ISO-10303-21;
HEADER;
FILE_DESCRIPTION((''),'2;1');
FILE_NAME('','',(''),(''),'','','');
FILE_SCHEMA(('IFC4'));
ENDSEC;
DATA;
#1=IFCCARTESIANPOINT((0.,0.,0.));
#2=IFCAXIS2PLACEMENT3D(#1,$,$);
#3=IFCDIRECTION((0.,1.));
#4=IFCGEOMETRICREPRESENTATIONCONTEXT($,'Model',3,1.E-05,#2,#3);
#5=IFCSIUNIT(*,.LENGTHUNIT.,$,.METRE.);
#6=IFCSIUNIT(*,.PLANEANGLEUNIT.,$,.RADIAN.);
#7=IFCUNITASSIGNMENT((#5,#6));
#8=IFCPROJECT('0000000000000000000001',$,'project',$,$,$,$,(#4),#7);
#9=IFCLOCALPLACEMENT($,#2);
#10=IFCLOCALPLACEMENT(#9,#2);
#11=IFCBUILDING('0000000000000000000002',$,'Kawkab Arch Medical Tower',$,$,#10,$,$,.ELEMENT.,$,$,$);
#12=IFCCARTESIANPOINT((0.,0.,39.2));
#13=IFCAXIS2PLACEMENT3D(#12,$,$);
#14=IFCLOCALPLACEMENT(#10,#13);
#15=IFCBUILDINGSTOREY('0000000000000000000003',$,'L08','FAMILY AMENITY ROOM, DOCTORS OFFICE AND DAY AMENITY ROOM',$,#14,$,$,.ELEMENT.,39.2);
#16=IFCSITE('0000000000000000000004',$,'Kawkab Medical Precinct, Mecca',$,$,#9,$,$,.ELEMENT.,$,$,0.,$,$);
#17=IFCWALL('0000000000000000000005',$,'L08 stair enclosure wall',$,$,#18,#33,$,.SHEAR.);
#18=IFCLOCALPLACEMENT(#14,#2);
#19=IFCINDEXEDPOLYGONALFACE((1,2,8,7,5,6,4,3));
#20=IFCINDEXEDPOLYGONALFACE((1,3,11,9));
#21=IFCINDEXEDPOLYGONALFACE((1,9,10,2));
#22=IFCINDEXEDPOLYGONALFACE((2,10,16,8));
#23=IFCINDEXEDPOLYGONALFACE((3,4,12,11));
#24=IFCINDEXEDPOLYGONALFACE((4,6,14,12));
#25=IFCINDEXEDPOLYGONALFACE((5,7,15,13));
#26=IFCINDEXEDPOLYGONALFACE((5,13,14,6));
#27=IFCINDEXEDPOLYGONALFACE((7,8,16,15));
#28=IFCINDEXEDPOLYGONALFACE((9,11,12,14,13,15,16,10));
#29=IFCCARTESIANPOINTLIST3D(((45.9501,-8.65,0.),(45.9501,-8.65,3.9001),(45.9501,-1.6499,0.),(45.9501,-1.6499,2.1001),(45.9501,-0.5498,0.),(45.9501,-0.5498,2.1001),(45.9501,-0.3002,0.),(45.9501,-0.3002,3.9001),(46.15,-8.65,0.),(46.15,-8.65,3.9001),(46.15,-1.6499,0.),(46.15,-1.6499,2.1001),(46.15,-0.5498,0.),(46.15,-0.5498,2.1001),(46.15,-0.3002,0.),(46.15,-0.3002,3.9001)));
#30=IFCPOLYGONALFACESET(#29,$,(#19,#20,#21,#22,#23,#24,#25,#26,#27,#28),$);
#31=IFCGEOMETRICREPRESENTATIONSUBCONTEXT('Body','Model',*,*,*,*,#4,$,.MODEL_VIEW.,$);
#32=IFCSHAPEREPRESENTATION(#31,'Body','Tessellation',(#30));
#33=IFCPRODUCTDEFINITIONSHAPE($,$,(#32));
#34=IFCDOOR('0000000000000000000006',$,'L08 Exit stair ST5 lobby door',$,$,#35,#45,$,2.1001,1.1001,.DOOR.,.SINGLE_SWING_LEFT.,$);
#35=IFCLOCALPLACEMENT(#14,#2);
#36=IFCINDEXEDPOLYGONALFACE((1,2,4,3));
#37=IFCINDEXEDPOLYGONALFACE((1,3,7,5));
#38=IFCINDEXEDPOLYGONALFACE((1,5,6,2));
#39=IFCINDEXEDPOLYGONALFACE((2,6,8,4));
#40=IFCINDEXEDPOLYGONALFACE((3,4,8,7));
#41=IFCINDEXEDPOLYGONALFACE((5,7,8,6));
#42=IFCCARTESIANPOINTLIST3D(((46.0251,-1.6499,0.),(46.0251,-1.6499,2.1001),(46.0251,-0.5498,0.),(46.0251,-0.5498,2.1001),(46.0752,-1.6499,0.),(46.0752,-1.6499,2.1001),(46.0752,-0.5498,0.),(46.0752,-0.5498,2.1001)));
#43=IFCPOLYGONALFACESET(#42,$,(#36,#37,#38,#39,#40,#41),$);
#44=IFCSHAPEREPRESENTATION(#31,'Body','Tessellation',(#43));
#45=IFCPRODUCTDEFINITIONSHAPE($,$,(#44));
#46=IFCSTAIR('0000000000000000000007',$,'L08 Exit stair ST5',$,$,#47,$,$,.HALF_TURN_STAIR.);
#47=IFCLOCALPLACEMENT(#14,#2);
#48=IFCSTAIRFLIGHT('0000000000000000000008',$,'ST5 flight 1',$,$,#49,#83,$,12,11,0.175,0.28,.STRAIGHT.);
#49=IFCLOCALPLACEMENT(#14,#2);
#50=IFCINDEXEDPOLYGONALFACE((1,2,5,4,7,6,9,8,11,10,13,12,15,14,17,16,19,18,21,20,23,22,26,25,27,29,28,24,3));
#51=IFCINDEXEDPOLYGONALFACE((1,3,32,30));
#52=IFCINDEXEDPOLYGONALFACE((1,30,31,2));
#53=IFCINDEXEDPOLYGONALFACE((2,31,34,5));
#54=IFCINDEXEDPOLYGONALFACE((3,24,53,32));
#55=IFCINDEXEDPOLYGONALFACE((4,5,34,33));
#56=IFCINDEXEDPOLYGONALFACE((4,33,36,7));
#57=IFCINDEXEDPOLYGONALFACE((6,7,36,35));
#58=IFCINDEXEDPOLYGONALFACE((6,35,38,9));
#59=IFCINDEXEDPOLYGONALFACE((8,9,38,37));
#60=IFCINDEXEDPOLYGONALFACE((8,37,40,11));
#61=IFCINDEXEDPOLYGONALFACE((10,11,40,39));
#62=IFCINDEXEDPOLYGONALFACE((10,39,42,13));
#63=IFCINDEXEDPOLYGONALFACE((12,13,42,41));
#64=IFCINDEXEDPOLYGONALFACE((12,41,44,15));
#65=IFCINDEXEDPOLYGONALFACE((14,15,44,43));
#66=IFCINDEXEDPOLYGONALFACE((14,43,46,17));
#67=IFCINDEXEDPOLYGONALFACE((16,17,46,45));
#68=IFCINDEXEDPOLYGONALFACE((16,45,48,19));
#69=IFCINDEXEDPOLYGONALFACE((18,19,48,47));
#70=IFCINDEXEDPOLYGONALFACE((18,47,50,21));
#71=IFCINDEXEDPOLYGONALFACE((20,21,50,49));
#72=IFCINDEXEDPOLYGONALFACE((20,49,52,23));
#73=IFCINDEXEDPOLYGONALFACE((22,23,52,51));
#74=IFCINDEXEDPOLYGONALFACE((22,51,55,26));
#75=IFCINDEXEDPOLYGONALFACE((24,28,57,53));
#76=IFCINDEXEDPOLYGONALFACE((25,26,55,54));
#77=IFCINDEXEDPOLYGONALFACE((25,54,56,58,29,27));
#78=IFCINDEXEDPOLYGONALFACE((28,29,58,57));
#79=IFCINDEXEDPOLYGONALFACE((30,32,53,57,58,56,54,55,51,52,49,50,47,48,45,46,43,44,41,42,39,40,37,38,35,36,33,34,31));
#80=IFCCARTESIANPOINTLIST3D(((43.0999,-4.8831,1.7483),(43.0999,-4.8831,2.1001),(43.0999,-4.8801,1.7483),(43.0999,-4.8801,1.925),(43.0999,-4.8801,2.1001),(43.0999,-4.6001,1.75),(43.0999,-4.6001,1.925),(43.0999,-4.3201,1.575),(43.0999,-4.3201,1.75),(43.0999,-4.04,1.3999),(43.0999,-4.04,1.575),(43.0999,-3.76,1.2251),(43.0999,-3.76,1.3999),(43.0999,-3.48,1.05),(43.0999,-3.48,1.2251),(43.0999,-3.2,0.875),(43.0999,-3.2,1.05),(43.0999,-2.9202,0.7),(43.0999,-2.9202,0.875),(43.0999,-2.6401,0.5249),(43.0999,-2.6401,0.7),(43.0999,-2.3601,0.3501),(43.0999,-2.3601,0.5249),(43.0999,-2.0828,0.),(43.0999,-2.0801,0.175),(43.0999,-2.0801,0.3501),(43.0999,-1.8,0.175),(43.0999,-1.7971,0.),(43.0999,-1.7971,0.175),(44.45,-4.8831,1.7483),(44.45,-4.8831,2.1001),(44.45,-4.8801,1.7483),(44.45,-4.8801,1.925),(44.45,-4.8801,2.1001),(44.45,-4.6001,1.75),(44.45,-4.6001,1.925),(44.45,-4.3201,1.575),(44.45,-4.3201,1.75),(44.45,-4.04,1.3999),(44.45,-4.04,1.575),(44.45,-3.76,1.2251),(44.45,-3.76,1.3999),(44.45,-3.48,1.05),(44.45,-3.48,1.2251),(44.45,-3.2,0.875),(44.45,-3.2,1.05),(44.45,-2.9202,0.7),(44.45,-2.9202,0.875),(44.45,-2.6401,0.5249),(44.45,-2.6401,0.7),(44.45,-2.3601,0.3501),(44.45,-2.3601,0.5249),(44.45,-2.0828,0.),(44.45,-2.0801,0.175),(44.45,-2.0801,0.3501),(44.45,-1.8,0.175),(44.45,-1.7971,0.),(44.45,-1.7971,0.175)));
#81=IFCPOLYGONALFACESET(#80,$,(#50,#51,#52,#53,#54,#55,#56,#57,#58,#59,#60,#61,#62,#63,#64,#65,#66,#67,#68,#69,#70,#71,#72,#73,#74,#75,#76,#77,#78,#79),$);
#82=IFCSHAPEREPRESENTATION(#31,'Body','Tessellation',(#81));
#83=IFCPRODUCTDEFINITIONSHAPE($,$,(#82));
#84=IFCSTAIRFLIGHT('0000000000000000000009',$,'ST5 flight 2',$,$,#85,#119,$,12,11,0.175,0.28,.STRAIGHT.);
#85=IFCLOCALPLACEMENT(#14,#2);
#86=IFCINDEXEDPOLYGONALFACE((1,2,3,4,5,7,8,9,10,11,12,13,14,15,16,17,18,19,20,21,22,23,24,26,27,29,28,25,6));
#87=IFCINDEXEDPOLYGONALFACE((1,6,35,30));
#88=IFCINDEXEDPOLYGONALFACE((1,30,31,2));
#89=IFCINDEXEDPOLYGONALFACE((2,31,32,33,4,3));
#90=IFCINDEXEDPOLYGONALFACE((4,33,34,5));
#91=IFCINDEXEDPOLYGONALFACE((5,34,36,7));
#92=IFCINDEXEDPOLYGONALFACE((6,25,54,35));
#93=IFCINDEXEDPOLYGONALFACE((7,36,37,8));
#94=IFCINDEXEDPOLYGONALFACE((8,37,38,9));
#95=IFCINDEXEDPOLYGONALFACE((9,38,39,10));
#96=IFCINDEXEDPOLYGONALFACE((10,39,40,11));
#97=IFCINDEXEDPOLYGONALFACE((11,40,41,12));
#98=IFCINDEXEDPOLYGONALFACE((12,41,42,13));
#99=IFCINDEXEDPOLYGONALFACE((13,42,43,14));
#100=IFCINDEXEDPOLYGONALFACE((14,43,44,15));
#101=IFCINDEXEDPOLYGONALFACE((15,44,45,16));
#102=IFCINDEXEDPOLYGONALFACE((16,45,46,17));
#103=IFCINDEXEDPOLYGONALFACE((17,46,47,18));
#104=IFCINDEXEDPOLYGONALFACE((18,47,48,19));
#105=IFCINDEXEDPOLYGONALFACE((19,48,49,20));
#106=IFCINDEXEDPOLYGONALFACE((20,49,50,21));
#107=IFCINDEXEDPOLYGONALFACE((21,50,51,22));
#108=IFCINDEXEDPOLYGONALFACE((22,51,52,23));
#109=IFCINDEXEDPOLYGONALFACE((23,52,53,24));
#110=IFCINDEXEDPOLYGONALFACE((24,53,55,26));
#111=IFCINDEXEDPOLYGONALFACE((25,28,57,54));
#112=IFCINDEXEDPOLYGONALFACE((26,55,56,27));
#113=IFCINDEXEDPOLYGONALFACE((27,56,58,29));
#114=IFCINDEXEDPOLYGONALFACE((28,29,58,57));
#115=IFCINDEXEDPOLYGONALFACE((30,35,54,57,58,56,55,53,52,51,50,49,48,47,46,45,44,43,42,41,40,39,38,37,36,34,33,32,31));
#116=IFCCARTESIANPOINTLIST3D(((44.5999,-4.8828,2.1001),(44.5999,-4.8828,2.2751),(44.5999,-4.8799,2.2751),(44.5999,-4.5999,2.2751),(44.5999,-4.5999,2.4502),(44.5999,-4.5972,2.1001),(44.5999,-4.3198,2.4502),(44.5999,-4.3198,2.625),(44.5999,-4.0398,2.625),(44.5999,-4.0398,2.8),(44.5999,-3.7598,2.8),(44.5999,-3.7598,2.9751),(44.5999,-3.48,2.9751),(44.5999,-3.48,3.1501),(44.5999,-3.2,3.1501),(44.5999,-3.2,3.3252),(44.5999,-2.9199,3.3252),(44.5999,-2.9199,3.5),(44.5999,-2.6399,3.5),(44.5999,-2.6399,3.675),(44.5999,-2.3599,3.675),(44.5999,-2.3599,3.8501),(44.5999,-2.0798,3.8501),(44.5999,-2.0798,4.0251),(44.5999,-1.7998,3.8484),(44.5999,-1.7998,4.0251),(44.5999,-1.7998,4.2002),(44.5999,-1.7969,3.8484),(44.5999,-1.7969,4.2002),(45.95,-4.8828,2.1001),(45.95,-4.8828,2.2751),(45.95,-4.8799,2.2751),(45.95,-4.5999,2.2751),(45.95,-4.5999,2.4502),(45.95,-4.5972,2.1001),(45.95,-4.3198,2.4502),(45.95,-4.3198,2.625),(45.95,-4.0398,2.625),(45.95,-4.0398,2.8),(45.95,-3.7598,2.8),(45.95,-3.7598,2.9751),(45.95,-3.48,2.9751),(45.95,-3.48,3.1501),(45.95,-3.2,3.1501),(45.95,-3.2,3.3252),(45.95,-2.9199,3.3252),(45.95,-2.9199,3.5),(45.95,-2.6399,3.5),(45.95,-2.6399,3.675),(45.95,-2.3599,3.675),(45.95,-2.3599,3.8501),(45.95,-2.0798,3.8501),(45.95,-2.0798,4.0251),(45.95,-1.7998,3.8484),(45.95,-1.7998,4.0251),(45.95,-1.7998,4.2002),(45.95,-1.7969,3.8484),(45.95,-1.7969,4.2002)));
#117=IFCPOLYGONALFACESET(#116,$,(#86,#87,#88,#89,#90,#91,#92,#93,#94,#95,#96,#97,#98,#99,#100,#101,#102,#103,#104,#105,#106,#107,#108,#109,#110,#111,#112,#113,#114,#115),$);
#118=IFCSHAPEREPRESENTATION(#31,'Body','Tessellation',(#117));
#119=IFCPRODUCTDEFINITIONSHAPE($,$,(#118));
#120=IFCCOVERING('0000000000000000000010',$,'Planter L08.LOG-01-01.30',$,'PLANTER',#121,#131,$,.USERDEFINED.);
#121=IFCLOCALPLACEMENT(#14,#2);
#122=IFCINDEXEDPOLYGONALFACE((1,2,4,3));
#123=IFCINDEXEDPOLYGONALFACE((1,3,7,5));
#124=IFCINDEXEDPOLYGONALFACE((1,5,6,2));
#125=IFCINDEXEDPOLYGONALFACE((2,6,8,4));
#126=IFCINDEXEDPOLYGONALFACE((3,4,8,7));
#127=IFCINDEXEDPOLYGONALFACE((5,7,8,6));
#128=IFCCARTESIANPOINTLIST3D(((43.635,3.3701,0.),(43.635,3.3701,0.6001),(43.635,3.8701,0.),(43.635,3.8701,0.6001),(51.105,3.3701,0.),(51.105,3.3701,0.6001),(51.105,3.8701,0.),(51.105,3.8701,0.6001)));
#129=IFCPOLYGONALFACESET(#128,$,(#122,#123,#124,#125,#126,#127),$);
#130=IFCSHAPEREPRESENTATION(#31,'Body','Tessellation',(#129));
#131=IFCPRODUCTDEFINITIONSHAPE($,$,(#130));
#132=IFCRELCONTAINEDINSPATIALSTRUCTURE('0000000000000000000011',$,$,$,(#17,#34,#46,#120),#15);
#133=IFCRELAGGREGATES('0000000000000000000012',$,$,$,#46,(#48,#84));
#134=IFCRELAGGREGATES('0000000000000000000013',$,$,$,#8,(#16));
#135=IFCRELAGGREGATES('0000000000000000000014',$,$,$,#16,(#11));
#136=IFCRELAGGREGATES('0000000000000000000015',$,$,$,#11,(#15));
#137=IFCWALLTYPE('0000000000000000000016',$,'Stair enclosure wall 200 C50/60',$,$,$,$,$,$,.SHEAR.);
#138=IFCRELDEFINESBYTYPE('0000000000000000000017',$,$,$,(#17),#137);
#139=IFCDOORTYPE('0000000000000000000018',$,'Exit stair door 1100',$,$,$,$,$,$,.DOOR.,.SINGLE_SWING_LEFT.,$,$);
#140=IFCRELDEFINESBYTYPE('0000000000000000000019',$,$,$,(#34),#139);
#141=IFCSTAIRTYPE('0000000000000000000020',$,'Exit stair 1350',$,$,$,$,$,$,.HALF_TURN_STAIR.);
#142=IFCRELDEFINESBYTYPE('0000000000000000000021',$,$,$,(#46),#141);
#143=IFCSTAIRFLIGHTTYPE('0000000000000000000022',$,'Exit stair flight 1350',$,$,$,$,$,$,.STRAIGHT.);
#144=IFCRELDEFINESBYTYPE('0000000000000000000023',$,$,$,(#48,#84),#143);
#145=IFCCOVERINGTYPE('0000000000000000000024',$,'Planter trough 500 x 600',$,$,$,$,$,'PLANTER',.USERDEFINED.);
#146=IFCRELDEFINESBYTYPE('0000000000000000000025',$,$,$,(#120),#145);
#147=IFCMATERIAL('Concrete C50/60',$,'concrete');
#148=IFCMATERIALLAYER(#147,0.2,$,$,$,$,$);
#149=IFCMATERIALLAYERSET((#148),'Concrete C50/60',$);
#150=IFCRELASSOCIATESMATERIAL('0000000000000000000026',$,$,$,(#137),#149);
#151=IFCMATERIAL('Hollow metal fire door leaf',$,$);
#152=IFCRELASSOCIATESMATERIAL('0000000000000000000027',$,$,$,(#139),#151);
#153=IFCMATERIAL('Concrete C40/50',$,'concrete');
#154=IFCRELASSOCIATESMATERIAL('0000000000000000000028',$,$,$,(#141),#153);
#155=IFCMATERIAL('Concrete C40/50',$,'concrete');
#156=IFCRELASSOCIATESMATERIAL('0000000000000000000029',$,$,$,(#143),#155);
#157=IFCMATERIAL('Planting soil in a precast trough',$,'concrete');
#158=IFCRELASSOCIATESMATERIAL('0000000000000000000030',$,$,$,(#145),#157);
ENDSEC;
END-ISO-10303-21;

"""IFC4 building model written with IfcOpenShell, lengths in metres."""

from ifc_helpers import new_model, si_unit, direction, frame, frame_2d, origin, origin_2d, place, context, subcontext, project, spatial, polyline, rectangle, outline, extrude, material, layer, layer_set, material_profile, profile_set, type_object, element, fill, aggregate, save


model = new_model("IFC4")

# Units and contexts
model_context = context("Model", 3, precision=1e-05, world=origin(), true_north=direction((0.0, 1.0)))
body_context = subcontext(model_context, "Body", "Model", "MODEL_VIEW")
ifc_project = project(units=[si_unit("LENGTHUNIT", "METRE"), si_unit("PLANEANGLEUNIT", "RADIAN")], contexts=[model_context])

# Site, building, storey
site_placement = place(None, origin())
site = spatial("IfcSite", under=ifc_project, at=site_placement, Name="Kawkab Medical Precinct, Mecca", CompositionType="ELEMENT", RefElevation=0.0)
building_placement = place(site_placement, origin())
building = spatial("IfcBuilding", under=site, at=building_placement, Name="Kawkab Arch Medical Tower", CompositionType="ELEMENT")
storey_placement = place(building_placement, frame((0.0, 0.0, 39.2)))
storey = spatial("IfcBuildingStorey", under=building, at=storey_placement, Name="L08", Description="FAMILY AMENITY ROOM, DOCTORS OFFICE AND DAY AMENITY ROOM", CompositionType="ELEMENT", Elevation=39.2)

# Shared definitions
placement = place(storey_placement, origin())

# Wall, opening, door
ifc_material_1 = material(Name="Concrete C50/60", Category="concrete")
ifc_layer_1 = layer(ifc_material_1, 0.2)
ifc_layer_set_1 = layer_set([ifc_layer_1], Name="Concrete C50/60")
wall_type_1 = type_object("IfcWallType", Name="Stair enclosure wall 200 C50/60", PredefinedType="SHEAR", material=ifc_layer_set_1)
ifc_material_2 = material(Name="Hollow metal fire door leaf")
door_type_1 = type_object("IfcDoorType", Name="Exit stair door 1100", OperationType="SINGLE_SWING_LEFT", PredefinedType="DOOR", material=ifc_material_2)
wall_1_placement = place(storey_placement, frame((46.05, -8.6499, 0.0), z_axis=(0.0, 0.0, 1.0), x_axis=(0.0, 1.0, 0.0)))
wall_1 = element("IfcWall", 1, at=wall_1_placement, inside=storey, type_object=wall_type_1, Name="L08 stair enclosure wall", PredefinedType="SHEAR", context=body_context, shape_type="SweptSolid", body=[
    extrude(rectangle(XDim=8.3499, YDim=0.2, at=frame_2d((4.1748, 0.0))), origin(), (0.0, 0.0, 1.0), 3.9001),
])
opening_1_placement = place(wall_1_placement, frame((7.0, 0.0, 0.0)))
opening_1 = element("IfcOpeningElement", 2, at=opening_1_placement, cuts=wall_1, PredefinedType="OPENING", context=body_context, shape_type="SweptSolid", body=[
    extrude(rectangle(XDim=1.1001, YDim=2.1001, at=frame_2d((0.55, 1.05))), frame((0.0, 0.1099, 0.0), z_axis=(0.0, -1.0, 0.0), x_axis=(1.0, 0.0, 0.0)), (0.0, 0.0, 1.0), 0.22),
])
door_1_placement = place(opening_1_placement, origin())
door_1 = element("IfcDoor", 3, at=door_1_placement, inside=storey, type_object=door_type_1, Name="L08 Exit stair ST5 lobby door", OperationType="SINGLE_SWING_LEFT", OverallHeight=2.1001, OverallWidth=1.1001, PredefinedType="DOOR", context=body_context, shape_type="SweptSolid", body=[
    extrude(rectangle(XDim=1.1001, YDim=2.1001, at=frame_2d((0.55, 1.05))), frame((0.0, 0.0249, 0.0), z_axis=(0.0, -1.0, 0.0), x_axis=(1.0, 0.0, 0.0)), (0.0, 0.0, 1.0), 0.05),
])
fill(opening_1, door_1)

# Stair, stair flights
ifc_material_3 = material(Name="Concrete C40/50", Category="concrete")
stair_type = type_object("IfcStairType", Name="Exit stair 1350", PredefinedType="HALF_TURN_STAIR", material=ifc_material_3)
stair = element("IfcStair", 4, at=placement, inside=storey, type_object=stair_type, Name="L08 Exit stair ST5", PredefinedType="HALF_TURN_STAIR")
ifc_material_4 = material(Name="Concrete C40/50", Category="concrete")
stair_flight_type = type_object("IfcStairFlightType", Name="Exit stair flight 1350", PredefinedType="STRAIGHT", material=ifc_material_4)
stair_flight_1_placement = place(storey_placement, frame((43.7749, -1.8, 0.0), z_axis=(0.0, 0.0, 1.0), x_axis=(0.0, -1.0, 0.0)))
stair_flight_1 = element("IfcStairFlight", 5, at=stair_flight_1_placement, type_object=stair_flight_type, Name="ST5 flight 1", NumberOfRisers=12, NumberOfTreads=11, PredefinedType="STRAIGHT", RiserHeight=0.175, TreadLength=0.28, context=body_context, shape_type="SweptSolid", body=[
    extrude(outline(polyline([(-0.0029, 0.0), (-0.0029, 0.175), (0.0, 0.175), (0.28, 0.175), (0.28, 0.3501), (0.5601, 0.3501), (0.5601, 0.5249), (0.8401, 0.5249), (0.8401, 0.7), (1.1201, 0.7), (1.1201, 0.875), (1.3999, 0.875), (1.3999, 1.05), (1.6799, 1.05), (1.6799, 1.2251), (1.96, 1.2251), (1.96, 1.3999), (2.24, 1.3999), (2.24, 1.575), (2.52, 1.575), (2.52, 1.75), (2.8, 1.75), (2.8, 1.925), (3.0801, 1.925), (3.0801, 2.1001), (3.083, 2.1001), (3.083, 1.7483), (3.0801, 1.7483), (0.2827, 0.0), (-0.0029, 0.0)])), frame((0.0, 0.675, 0.0), z_axis=(0.0, -1.0, 0.0), x_axis=(1.0, 0.0, 0.0)), (0.0, 0.0, 1.0), 1.3501),
])
stair_flight_2_placement = place(storey_placement, frame((45.2749, -4.8799, 2.1001), z_axis=(0.0, 0.0, 1.0), x_axis=(0.0, 1.0, 0.0)))
stair_flight_2 = element("IfcStairFlight", 6, at=stair_flight_2_placement, type_object=stair_flight_type, Name="ST5 flight 2", NumberOfRisers=12, NumberOfTreads=11, PredefinedType="STRAIGHT", RiserHeight=0.175, TreadLength=0.28, context=body_context, shape_type="SweptSolid", body=[
    extrude(outline(polyline([(-0.0029, 0.0), (-0.0029, 0.175), (0.0, 0.175), (0.28, 0.175), (0.28, 0.3501), (0.5601, 0.3501), (0.5601, 0.5249), (0.8401, 0.5249), (0.8401, 0.7), (1.1201, 0.7), (1.1201, 0.875), (1.3999, 0.875), (1.3999, 1.05), (1.6799, 1.05), (1.6799, 1.2251), (1.96, 1.2251), (1.96, 1.3999), (2.24, 1.3999), (2.24, 1.575), (2.52, 1.575), (2.52, 1.75), (2.8, 1.75), (2.8, 1.925), (3.0801, 1.925), (3.0801, 2.1001), (3.083, 2.1001), (3.083, 1.7483), (3.0801, 1.7483), (0.2827, 0.0), (-0.0029, 0.0)])), frame((0.0, 0.675, 0.0), z_axis=(0.0, -1.0, 0.0), x_axis=(1.0, 0.0, 0.0)), (0.0, 0.0, 1.0), 1.3501),
])
aggregate(stair, [stair_flight_1, stair_flight_2])

# Covering
ifc_material_5 = material(Name="Planting soil in a precast trough", Category="concrete")
ifc_material_profile_1 = material_profile(ifc_material_5, rectangle(XDim=0.5, YDim=0.6001, at=origin_2d()), Name="Trough 500x600")
ifc_profile_set_1 = profile_set([ifc_material_profile_1], Name="Planting soil in a precast trough")
covering_type = type_object("IfcCoveringType", Name="Planter trough 500 x 600", ElementType="PLANTER", PredefinedType="USERDEFINED", material=ifc_profile_set_1)
covering_placement = place(storey_placement, frame((43.635, 3.6201, 0.3), z_axis=(1.0, 0.0, 0.0), x_axis=(0.0, 1.0, 0.0)))
element("IfcCovering", 7, at=covering_placement, inside=storey, type_object=covering_type, Name="Planter L08.LOG-01-01.30", ObjectType="PLANTER", PredefinedType="USERDEFINED", context=body_context, shape_type="SweptSolid", body=[
    extrude(rectangle(XDim=0.5, YDim=0.6001, at=origin_2d()), origin(), (0.0, 0.0, 1.0), 7.47),
])

save(model, "model.ifc")
